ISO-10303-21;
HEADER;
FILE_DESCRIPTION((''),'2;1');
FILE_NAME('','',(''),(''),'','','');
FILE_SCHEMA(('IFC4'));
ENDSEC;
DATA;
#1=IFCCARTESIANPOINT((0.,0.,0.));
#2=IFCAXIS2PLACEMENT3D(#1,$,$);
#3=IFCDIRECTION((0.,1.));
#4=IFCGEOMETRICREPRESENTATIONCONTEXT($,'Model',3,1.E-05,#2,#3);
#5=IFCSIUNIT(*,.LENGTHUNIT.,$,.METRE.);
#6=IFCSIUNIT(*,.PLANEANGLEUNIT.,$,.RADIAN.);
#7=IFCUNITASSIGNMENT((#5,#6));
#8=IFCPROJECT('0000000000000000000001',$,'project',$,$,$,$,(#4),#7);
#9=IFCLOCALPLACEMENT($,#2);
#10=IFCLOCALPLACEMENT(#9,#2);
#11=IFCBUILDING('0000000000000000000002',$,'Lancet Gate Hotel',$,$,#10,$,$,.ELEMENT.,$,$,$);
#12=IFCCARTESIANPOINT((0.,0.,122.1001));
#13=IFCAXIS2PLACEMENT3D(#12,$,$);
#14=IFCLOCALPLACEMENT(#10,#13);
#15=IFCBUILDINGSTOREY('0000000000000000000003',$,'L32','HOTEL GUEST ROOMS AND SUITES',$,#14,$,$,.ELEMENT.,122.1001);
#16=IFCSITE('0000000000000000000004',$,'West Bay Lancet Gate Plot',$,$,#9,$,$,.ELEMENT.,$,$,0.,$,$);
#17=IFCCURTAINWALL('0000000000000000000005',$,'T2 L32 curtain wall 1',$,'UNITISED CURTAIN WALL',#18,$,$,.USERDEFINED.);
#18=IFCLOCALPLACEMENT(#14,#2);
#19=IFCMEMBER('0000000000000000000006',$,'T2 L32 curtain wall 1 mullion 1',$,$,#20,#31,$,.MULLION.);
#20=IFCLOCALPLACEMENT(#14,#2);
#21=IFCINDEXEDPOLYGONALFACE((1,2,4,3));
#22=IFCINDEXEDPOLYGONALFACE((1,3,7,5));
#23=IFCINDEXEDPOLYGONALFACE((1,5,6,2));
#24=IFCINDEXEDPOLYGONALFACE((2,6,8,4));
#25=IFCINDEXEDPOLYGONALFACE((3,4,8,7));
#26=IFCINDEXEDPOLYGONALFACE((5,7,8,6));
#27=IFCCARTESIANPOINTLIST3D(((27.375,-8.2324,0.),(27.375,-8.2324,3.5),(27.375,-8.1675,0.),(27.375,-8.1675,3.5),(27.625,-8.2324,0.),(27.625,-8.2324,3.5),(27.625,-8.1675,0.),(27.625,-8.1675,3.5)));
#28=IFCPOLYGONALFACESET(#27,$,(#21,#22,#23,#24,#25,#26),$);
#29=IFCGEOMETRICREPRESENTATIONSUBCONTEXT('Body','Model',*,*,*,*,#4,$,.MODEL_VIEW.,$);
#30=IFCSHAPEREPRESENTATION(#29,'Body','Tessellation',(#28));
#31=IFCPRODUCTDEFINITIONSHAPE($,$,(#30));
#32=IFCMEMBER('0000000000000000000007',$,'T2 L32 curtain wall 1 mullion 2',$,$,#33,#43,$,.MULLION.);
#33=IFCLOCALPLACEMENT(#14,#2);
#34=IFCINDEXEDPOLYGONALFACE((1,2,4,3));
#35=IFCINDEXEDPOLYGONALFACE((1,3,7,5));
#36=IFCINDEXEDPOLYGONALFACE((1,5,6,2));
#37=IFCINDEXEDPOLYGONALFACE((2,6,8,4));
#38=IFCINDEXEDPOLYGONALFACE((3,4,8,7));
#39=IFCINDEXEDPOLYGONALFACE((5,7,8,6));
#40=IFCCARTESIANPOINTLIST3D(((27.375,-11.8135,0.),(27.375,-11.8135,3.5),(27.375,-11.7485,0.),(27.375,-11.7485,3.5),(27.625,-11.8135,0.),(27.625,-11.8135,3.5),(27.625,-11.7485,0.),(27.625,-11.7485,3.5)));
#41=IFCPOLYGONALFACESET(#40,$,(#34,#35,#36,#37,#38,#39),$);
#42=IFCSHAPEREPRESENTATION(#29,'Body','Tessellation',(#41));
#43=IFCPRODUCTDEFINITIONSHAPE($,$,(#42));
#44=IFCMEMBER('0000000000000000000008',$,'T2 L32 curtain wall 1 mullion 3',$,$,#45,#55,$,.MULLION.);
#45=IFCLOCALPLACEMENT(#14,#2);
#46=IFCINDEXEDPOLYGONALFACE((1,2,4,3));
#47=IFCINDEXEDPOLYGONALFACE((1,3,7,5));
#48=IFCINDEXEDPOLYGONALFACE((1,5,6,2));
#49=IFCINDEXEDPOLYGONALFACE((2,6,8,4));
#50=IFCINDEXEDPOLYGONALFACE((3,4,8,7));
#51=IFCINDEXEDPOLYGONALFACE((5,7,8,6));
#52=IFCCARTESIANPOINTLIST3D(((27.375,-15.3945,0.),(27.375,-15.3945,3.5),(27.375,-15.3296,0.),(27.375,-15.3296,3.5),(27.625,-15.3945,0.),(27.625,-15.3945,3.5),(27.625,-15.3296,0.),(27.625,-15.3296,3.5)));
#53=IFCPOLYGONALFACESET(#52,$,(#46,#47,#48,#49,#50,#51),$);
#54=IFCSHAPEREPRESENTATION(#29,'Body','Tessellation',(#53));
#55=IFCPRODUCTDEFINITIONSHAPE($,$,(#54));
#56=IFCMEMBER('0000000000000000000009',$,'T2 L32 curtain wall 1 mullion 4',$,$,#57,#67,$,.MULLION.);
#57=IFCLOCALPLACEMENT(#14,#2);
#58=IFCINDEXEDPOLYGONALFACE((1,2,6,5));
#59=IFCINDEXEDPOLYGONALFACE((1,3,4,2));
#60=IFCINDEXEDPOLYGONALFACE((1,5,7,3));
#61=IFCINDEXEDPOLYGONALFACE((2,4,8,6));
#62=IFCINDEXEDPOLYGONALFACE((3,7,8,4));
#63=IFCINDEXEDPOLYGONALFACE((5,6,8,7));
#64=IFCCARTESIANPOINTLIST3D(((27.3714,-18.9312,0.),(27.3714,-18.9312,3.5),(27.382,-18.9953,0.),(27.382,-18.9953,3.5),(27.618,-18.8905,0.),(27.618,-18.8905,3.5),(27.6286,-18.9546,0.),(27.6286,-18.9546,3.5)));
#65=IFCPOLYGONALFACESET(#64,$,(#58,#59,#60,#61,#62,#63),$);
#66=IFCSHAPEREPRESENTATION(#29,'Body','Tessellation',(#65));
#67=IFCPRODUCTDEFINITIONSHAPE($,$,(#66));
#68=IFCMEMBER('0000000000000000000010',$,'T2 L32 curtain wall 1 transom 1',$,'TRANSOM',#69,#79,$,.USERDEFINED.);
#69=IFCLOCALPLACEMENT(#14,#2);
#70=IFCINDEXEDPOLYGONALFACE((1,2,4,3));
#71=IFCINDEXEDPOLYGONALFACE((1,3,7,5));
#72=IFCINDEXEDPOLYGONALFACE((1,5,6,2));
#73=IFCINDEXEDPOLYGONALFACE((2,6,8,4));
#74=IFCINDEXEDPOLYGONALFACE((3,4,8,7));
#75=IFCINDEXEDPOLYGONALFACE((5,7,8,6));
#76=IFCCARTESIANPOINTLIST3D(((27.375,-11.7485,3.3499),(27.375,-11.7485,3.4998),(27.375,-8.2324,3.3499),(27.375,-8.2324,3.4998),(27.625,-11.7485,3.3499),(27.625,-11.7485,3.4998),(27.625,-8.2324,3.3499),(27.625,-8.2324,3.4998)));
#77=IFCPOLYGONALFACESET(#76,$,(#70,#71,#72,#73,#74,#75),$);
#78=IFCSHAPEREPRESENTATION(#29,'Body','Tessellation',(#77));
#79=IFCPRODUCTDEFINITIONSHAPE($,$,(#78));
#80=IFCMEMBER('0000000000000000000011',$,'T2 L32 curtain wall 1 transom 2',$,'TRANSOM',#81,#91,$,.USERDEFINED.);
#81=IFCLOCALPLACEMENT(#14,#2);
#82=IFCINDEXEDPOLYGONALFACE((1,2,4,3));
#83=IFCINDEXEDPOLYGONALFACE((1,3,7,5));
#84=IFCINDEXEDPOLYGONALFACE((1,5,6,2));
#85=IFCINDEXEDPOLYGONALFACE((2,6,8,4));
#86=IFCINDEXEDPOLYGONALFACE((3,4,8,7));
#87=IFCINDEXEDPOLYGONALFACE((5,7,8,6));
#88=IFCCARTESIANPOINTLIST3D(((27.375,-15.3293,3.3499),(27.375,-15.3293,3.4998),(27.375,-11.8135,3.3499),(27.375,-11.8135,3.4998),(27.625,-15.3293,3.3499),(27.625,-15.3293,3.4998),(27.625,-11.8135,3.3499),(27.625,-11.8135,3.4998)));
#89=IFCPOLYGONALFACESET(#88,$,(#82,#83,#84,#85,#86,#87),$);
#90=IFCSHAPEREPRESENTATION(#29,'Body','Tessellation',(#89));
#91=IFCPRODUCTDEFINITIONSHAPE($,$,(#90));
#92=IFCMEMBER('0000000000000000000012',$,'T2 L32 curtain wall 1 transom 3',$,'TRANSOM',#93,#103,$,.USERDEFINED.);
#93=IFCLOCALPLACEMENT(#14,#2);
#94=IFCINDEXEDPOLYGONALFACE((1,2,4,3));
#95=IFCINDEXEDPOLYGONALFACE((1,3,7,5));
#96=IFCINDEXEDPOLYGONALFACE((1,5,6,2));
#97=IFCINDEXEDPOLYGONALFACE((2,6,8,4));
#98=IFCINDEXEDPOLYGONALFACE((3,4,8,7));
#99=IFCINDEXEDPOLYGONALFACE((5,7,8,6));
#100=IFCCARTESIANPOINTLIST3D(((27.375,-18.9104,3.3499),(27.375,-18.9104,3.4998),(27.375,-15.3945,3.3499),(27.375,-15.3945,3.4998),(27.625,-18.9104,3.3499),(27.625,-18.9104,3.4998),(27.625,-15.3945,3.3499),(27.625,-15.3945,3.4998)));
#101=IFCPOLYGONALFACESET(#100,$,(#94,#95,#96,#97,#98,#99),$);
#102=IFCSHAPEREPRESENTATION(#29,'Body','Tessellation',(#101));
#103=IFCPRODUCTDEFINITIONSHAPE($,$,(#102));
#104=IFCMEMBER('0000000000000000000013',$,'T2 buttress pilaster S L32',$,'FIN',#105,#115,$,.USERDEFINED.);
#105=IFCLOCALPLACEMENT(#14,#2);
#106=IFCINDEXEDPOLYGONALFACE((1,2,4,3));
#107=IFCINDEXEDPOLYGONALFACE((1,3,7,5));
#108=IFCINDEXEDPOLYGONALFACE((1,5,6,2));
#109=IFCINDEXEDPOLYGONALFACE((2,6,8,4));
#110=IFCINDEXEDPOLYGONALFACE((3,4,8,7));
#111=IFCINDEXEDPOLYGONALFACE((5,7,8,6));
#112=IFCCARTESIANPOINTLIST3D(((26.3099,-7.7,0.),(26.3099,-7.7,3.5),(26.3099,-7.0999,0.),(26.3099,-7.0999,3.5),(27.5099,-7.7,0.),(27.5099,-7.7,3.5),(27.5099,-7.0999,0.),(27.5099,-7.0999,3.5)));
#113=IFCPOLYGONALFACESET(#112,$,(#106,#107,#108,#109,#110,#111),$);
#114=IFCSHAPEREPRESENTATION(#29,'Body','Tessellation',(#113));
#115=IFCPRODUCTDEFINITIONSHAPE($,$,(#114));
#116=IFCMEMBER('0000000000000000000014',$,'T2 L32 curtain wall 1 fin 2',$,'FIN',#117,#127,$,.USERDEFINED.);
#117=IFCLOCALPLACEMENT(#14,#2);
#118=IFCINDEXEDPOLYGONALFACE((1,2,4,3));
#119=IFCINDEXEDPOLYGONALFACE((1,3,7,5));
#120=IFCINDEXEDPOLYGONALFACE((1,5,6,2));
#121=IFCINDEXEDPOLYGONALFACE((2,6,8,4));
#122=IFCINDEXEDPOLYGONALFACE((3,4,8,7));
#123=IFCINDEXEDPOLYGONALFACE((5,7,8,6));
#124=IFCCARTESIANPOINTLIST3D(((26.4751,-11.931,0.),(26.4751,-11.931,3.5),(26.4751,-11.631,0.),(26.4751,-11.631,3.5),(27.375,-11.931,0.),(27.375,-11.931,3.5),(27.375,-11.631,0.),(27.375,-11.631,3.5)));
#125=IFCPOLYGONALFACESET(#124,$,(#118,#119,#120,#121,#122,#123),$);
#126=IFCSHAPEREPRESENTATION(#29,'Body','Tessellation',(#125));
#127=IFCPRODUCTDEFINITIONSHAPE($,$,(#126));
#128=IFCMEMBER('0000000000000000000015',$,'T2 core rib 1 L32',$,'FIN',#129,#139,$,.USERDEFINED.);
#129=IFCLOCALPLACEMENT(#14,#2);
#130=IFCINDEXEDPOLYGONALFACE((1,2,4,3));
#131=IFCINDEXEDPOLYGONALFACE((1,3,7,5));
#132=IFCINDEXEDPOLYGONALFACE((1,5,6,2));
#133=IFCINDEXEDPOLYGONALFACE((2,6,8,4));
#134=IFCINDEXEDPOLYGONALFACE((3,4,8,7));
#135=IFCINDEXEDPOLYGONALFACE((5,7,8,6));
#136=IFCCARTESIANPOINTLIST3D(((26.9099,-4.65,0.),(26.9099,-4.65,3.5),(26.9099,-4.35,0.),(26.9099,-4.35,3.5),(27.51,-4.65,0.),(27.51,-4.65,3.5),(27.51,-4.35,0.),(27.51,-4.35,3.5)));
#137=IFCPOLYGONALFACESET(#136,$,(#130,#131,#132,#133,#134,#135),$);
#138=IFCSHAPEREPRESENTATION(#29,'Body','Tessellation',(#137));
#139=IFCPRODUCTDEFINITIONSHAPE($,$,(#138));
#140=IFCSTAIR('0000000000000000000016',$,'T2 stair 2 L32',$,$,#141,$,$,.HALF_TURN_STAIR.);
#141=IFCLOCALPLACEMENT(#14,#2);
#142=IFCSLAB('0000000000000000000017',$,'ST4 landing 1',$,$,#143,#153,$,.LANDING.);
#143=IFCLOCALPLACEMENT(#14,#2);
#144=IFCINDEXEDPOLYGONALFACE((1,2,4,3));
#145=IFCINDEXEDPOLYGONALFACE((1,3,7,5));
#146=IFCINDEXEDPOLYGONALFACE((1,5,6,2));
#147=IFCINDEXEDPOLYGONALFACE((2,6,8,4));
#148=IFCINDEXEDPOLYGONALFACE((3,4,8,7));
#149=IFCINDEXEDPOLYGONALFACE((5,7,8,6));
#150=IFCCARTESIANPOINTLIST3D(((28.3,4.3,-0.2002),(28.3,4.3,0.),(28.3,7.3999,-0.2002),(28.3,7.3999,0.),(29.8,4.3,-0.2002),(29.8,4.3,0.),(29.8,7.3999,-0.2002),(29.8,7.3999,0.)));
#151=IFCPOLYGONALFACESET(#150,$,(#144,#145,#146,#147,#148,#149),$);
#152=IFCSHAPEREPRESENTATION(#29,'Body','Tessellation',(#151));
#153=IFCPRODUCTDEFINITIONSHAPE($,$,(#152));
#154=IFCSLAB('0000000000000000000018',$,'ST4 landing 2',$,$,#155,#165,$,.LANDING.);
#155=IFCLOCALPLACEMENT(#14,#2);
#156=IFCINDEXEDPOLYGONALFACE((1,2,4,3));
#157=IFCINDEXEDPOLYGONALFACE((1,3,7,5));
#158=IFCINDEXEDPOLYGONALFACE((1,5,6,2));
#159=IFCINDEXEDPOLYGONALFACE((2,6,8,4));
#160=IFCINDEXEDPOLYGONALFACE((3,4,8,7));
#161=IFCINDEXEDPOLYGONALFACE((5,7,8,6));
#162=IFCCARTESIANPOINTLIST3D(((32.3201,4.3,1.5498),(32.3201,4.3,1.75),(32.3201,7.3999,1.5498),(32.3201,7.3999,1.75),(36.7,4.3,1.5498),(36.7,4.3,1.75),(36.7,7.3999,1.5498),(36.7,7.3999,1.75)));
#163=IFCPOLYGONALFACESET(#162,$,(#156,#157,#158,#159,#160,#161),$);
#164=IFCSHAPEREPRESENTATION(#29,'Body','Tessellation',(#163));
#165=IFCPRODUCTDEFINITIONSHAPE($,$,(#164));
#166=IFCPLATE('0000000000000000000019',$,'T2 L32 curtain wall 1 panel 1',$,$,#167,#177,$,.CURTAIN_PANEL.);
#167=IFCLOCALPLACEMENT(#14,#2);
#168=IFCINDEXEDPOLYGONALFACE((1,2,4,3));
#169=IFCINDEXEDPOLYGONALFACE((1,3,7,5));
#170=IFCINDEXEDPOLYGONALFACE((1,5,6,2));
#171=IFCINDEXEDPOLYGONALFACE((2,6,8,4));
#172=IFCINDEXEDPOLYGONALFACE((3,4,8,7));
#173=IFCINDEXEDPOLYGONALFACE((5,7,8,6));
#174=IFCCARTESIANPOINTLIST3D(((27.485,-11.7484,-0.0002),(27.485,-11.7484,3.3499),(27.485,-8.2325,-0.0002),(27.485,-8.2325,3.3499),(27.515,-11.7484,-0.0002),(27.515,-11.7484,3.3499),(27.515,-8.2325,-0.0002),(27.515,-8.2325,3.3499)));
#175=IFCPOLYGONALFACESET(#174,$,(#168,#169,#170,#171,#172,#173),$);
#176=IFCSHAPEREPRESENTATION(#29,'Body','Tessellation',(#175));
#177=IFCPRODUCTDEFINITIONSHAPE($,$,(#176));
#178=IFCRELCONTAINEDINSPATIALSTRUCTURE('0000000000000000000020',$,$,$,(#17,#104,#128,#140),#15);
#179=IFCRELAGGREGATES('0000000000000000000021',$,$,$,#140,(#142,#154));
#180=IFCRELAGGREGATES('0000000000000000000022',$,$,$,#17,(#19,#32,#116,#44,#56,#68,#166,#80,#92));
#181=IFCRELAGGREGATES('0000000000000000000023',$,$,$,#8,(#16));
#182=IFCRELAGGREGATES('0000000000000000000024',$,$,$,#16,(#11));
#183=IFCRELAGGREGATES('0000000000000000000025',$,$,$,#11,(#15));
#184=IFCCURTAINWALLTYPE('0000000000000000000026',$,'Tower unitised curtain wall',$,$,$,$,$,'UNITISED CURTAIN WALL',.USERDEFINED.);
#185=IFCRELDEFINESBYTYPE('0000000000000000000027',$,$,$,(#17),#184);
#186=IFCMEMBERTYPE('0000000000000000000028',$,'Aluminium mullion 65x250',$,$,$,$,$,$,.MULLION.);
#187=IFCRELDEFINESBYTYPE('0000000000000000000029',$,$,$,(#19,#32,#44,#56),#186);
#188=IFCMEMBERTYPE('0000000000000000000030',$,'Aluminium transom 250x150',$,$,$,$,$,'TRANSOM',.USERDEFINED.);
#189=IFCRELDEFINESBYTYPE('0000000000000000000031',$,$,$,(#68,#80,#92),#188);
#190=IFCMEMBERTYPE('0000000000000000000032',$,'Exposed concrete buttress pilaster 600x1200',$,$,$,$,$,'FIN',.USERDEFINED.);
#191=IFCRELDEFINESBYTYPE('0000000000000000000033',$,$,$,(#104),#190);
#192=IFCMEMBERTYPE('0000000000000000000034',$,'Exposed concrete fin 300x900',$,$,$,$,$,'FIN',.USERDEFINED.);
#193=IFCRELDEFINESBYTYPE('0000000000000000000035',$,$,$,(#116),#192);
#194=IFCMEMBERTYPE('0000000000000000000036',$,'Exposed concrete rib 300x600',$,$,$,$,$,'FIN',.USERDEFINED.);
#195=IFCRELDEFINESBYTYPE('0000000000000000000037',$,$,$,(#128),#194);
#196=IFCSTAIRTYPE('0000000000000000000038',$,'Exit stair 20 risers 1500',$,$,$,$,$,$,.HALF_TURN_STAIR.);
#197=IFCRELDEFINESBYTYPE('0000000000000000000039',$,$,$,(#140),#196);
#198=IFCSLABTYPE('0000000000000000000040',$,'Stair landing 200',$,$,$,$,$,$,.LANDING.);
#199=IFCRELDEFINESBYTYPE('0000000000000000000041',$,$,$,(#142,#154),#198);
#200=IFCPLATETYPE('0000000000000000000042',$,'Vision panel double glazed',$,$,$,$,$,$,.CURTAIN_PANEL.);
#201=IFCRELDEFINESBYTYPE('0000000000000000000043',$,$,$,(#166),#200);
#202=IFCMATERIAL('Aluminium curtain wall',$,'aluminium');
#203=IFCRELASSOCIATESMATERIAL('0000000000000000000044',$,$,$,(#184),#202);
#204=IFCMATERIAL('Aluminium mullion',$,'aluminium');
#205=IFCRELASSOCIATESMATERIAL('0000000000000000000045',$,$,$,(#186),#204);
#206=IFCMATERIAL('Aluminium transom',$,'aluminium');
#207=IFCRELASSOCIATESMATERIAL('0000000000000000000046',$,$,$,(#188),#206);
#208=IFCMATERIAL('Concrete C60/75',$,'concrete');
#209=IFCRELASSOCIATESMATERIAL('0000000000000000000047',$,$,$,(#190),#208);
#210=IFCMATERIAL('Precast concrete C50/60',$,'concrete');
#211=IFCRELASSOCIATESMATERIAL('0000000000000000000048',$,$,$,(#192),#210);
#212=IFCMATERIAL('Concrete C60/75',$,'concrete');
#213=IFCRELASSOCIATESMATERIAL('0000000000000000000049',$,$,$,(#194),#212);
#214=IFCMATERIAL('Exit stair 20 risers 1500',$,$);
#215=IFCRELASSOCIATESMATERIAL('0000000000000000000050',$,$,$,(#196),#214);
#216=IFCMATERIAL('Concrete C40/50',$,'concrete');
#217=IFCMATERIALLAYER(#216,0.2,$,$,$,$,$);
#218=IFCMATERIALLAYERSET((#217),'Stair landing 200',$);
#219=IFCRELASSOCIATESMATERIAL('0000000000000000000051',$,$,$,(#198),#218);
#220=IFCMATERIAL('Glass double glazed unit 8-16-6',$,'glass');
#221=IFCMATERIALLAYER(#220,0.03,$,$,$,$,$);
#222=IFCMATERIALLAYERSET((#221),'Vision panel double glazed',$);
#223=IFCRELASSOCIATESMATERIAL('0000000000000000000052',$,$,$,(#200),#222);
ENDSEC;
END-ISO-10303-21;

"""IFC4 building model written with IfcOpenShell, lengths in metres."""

from ifc_helpers import new_model, si_unit, direction, frame, origin, origin_2d, place, context, subcontext, project, spatial, polyline, rectangle, outline, extrude, material, layer, layer_set, material_profile, profile_set, type_object, element, aggregate, save


model = new_model("IFC4")

# Units and contexts
model_context = context("Model", 3, precision=1e-05, world=origin(), true_north=direction((0.0, 1.0)))
body_context = subcontext(model_context, "Body", "Model", "MODEL_VIEW")
ifc_project = project(units=[si_unit("LENGTHUNIT", "METRE"), si_unit("PLANEANGLEUNIT", "RADIAN")], contexts=[model_context])

# Site, building, storey
site_placement = place(None, origin())
site = spatial("IfcSite", under=ifc_project, at=site_placement, Name="West Bay Lancet Gate Plot", CompositionType="ELEMENT", RefElevation=0.0)
building_placement = place(site_placement, origin())
building = spatial("IfcBuilding", under=site, at=building_placement, Name="Lancet Gate Hotel", CompositionType="ELEMENT")
storey_placement = place(building_placement, frame((0.0, 0.0, 122.1001)))
storey = spatial("IfcBuildingStorey", under=building, at=storey_placement, Name="L32", Description="HOTEL GUEST ROOMS AND SUITES", CompositionType="ELEMENT", Elevation=122.1001)

# Curtain wall, members
ifc_material_1 = material(Name="Aluminium curtain wall", Category="aluminium")
curtain_wall_type = type_object("IfcCurtainWallType", Name="Tower unitised curtain wall", ElementType="UNITISED CURTAIN WALL", PredefinedType="USERDEFINED", material=ifc_material_1)
curtain_wall_placement = place(storey_placement, origin())
curtain_wall = element("IfcCurtainWall", 1, at=curtain_wall_placement, inside=storey, type_object=curtain_wall_type, Name="T2 L32 curtain wall 1", ObjectType="UNITISED CURTAIN WALL", PredefinedType="USERDEFINED")
ifc_material_2 = material(Name="Aluminium mullion", Category="aluminium")
ifc_material_profile_1 = material_profile(ifc_material_2, rectangle(XDim=0.0649, YDim=0.25, at=origin_2d()), Name="MULLION 65x250")
ifc_profile_set_1 = profile_set([ifc_material_profile_1], Name="Aluminium mullion")
member_type_1 = type_object("IfcMemberType", Name="Aluminium mullion 65x250", PredefinedType="MULLION", material=ifc_profile_set_1)
member_1_placement = place(storey_placement, frame((27.5, -8.2, 0.0), z_axis=(0.0, 0.0, 1.0), x_axis=(0.0, -1.0, 0.0)))
member_1 = element("IfcMember", 2, at=member_1_placement, type_object=member_type_1, Name="T2 L32 curtain wall 1 mullion 1", PredefinedType="MULLION", context=body_context, shape_type="SweptSolid", body=[
    extrude(rectangle(XDim=0.0649, YDim=0.25, at=origin_2d()), origin(), (0.0, 0.0, 1.0), 3.5),
])
member_2_placement = place(storey_placement, frame((27.5, -11.781, 0.0), z_axis=(0.0, 0.0, 1.0), x_axis=(0.0, -1.0, 0.0)))
member_2 = element("IfcMember", 3, at=member_2_placement, type_object=member_type_1, Name="T2 L32 curtain wall 1 mullion 2", PredefinedType="MULLION", context=body_context, shape_type="SweptSolid", body=[
    extrude(rectangle(XDim=0.0649, YDim=0.25, at=origin_2d()), origin(), (0.0, 0.0, 1.0), 3.5),
])
member_3_placement = place(storey_placement, frame((27.5, -15.3621, 0.0), z_axis=(0.0, 0.0, 1.0), x_axis=(0.0, -1.0, 0.0)))
member_3 = element("IfcMember", 4, at=member_3_placement, type_object=member_type_1, Name="T2 L32 curtain wall 1 mullion 3", PredefinedType="MULLION", context=body_context, shape_type="SweptSolid", body=[
    extrude(rectangle(XDim=0.0649, YDim=0.25, at=origin_2d()), origin(), (0.0, 0.0, 1.0), 3.5),
])
member_4_placement = place(storey_placement, frame((27.5, -18.9429, 0.0), z_axis=(0.0, 0.0, 1.0), x_axis=(0.162739, -0.986669, 0.0)))
member_4 = element("IfcMember", 5, at=member_4_placement, type_object=member_type_1, Name="T2 L32 curtain wall 1 mullion 4", PredefinedType="MULLION", context=body_context, shape_type="SweptSolid", body=[
    extrude(rectangle(XDim=0.0649, YDim=0.25, at=origin_2d()), origin(), (0.0, 0.0, 1.0), 3.5),
])
ifc_material_3 = material(Name="Aluminium transom", Category="aluminium")
ifc_material_profile_2 = material_profile(ifc_material_3, rectangle(XDim=0.25, YDim=0.1499, at=origin_2d()), Name="TRANSOM 250x150")
ifc_profile_set_2 = profile_set([ifc_material_profile_2], Name="Aluminium transom")
member_type_2 = type_object("IfcMemberType", Name="Aluminium transom 250x150", ElementType="TRANSOM", PredefinedType="USERDEFINED", material=ifc_profile_set_2)
member_5_placement = place(storey_placement, frame((27.5, -8.2324, 3.4248), z_axis=(0.0, -1.0, 0.0), x_axis=(1.0, 0.0, 0.0)))
member_5 = element("IfcMember", 6, at=member_5_placement, type_object=member_type_2, Name="T2 L32 curtain wall 1 transom 1", ObjectType="TRANSOM", PredefinedType="USERDEFINED", context=body_context, shape_type="SweptSolid", body=[
    extrude(rectangle(XDim=0.25, YDim=0.1499, at=origin_2d()), origin(), (0.0, 0.0, 1.0), 3.5161),
])
member_6_placement = place(storey_placement, frame((27.5, -11.8135, 3.4248), z_axis=(0.0, -1.0, 0.0), x_axis=(1.0, 0.0, 0.0)))
member_6 = element("IfcMember", 7, at=member_6_placement, type_object=member_type_2, Name="T2 L32 curtain wall 1 transom 2", ObjectType="TRANSOM", PredefinedType="USERDEFINED", context=body_context, shape_type="SweptSolid", body=[
    extrude(rectangle(XDim=0.25, YDim=0.1499, at=origin_2d()), origin(), (0.0, 0.0, 1.0), 3.5159),
])
member_7_placement = place(storey_placement, frame((27.5, -15.3945, 3.4248), z_axis=(0.0, -1.0, 0.0), x_axis=(1.0, 0.0, 0.0)))
member_7 = element("IfcMember", 8, at=member_7_placement, type_object=member_type_2, Name="T2 L32 curtain wall 1 transom 3", ObjectType="TRANSOM", PredefinedType="USERDEFINED", context=body_context, shape_type="SweptSolid", body=[
    extrude(rectangle(XDim=0.25, YDim=0.1499, at=origin_2d()), origin(), (0.0, 0.0, 1.0), 3.5159),
])

# Members
ifc_material_4 = material(Name="Concrete C60/75", Category="concrete")
ifc_material_profile_3 = material_profile(ifc_material_4, rectangle(XDim=0.6001, YDim=1.2, at=origin_2d()), Name="FIN 600x1200")
ifc_profile_set_3 = profile_set([ifc_material_profile_3], Name="Concrete C60/75")
member_type_3 = type_object("IfcMemberType", Name="Exposed concrete buttress pilaster 600x1200", ElementType="FIN", PredefinedType="USERDEFINED", material=ifc_profile_set_3)
member_8_placement = place(storey_placement, frame((26.9099, -7.3999, 0.0), z_axis=(0.0, 0.0, 1.0), x_axis=(0.0, 1.0, 0.0)))
element("IfcMember", 9, at=member_8_placement, inside=storey, type_object=member_type_3, Name="T2 buttress pilaster S L32", ObjectType="FIN", PredefinedType="USERDEFINED", context=body_context, shape_type="SweptSolid", body=[
    extrude(rectangle(XDim=0.6001, YDim=1.2, at=origin_2d()), origin(), (0.0, 0.0, 1.0), 3.5),
])
ifc_material_5 = material(Name="Precast concrete C50/60", Category="concrete")
ifc_material_profile_4 = material_profile(ifc_material_5, rectangle(XDim=0.3, YDim=0.8999, at=origin_2d()), Name="FIN 300x900")
ifc_profile_set_4 = profile_set([ifc_material_profile_4], Name="Precast concrete C50/60")
member_type_4 = type_object("IfcMemberType", Name="Exposed concrete fin 300x900", ElementType="FIN", PredefinedType="USERDEFINED", material=ifc_profile_set_4)
member_9_placement = place(storey_placement, frame((26.925, -11.781, 0.0), z_axis=(0.0, 0.0, 1.0), x_axis=(0.0, -1.0, 0.0)))
member_9 = element("IfcMember", 10, at=member_9_placement, type_object=member_type_4, Name="T2 L32 curtain wall 1 fin 2", ObjectType="FIN", PredefinedType="USERDEFINED", context=body_context, shape_type="SweptSolid", body=[
    extrude(rectangle(XDim=0.3, YDim=0.8999, at=origin_2d()), origin(), (0.0, 0.0, 1.0), 3.5),
])
ifc_material_6 = material(Name="Concrete C60/75", Category="concrete")
ifc_material_profile_5 = material_profile(ifc_material_6, rectangle(XDim=0.3, YDim=0.6001, at=origin_2d()), Name="FIN 300x600")
ifc_profile_set_5 = profile_set([ifc_material_profile_5], Name="Concrete C60/75")
member_type_5 = type_object("IfcMemberType", Name="Exposed concrete rib 300x600", ElementType="FIN", PredefinedType="USERDEFINED", material=ifc_profile_set_5)
member_10_placement = place(storey_placement, frame((27.21, -4.5, 0.0), z_axis=(0.0, 0.0, 1.0), x_axis=(0.0, 1.0, 0.0)))
element("IfcMember", 11, at=member_10_placement, inside=storey, type_object=member_type_5, Name="T2 core rib 1 L32", ObjectType="FIN", PredefinedType="USERDEFINED", context=body_context, shape_type="SweptSolid", body=[
    extrude(rectangle(XDim=0.3, YDim=0.6001, at=origin_2d()), origin(), (0.0, 0.0, 1.0), 3.5),
])

# Stair, slabs
ifc_material_7 = material(Name="Exit stair 20 risers 1500")
stair_type = type_object("IfcStairType", Name="Exit stair 20 risers 1500", PredefinedType="HALF_TURN_STAIR", material=ifc_material_7)
stair_placement = place(storey_placement, origin())
stair = element("IfcStair", 12, at=stair_placement, inside=storey, type_object=stair_type, Name="T2 stair 2 L32", PredefinedType="HALF_TURN_STAIR")
ifc_material_8 = material(Name="Concrete C40/50", Category="concrete")
ifc_layer_1 = layer(ifc_material_8, 0.2)
ifc_layer_set_1 = layer_set([ifc_layer_1], Name="Stair landing 200")
slab_type = type_object("IfcSlabType", Name="Stair landing 200", PredefinedType="LANDING", material=ifc_layer_set_1)
slab_1_placement = place(storey_placement, frame((0.0, 0.0, -0.2002)))
slab_1 = element("IfcSlab", 13, at=slab_1_placement, type_object=slab_type, Name="ST4 landing 1", PredefinedType="LANDING", context=body_context, shape_type="SweptSolid", body=[
    extrude(outline(polyline([(28.3, 4.3), (29.8, 4.3), (29.8, 7.3999), (28.3, 7.3999), (28.3, 4.3)])), origin(), (0.0, 0.0, 1.0), 0.2002),
])
slab_2_placement = place(storey_placement, frame((0.0, 0.0, 1.5498)))
slab_2 = element("IfcSlab", 14, at=slab_2_placement, type_object=slab_type, Name="ST4 landing 2", PredefinedType="LANDING", context=body_context, shape_type="SweptSolid", body=[
    extrude(outline(polyline([(32.3201, 4.3), (36.7, 4.3), (36.7, 7.3999), (32.3201, 7.3999), (32.3201, 4.3)])), origin(), (0.0, 0.0, 1.0), 0.2002),
])
aggregate(stair, [slab_1, slab_2])

# Plate
ifc_material_9 = material(Name="Glass double glazed unit 8-16-6", Category="glass")
ifc_layer_2 = layer(ifc_material_9, 0.03)
ifc_layer_set_2 = layer_set([ifc_layer_2], Name="Vision panel double glazed")
plate_type = type_object("IfcPlateType", Name="Vision panel double glazed", PredefinedType="CURTAIN_PANEL", material=ifc_layer_set_2)
plate_1_placement = place(storey_placement, frame((27.5, -9.9905, -0.0002), z_axis=(0.0, 0.0, 1.0), x_axis=(0.0, -1.0, 0.0)))
plate_1 = element("IfcPlate", 15, at=plate_1_placement, type_object=plate_type, Name="T2 L32 curtain wall 1 panel 1", PredefinedType="CURTAIN_PANEL", context=body_context, shape_type="SweptSolid", body=[
    extrude(rectangle(XDim=3.5159, YDim=0.03, at=origin_2d()), origin(), (0.0, 0.0, 1.0), 3.3501),
])
aggregate(curtain_wall, [member_1, member_2, member_9, member_3, member_4, member_5, plate_1, member_6, member_7])

save(model, "model.ifc")
